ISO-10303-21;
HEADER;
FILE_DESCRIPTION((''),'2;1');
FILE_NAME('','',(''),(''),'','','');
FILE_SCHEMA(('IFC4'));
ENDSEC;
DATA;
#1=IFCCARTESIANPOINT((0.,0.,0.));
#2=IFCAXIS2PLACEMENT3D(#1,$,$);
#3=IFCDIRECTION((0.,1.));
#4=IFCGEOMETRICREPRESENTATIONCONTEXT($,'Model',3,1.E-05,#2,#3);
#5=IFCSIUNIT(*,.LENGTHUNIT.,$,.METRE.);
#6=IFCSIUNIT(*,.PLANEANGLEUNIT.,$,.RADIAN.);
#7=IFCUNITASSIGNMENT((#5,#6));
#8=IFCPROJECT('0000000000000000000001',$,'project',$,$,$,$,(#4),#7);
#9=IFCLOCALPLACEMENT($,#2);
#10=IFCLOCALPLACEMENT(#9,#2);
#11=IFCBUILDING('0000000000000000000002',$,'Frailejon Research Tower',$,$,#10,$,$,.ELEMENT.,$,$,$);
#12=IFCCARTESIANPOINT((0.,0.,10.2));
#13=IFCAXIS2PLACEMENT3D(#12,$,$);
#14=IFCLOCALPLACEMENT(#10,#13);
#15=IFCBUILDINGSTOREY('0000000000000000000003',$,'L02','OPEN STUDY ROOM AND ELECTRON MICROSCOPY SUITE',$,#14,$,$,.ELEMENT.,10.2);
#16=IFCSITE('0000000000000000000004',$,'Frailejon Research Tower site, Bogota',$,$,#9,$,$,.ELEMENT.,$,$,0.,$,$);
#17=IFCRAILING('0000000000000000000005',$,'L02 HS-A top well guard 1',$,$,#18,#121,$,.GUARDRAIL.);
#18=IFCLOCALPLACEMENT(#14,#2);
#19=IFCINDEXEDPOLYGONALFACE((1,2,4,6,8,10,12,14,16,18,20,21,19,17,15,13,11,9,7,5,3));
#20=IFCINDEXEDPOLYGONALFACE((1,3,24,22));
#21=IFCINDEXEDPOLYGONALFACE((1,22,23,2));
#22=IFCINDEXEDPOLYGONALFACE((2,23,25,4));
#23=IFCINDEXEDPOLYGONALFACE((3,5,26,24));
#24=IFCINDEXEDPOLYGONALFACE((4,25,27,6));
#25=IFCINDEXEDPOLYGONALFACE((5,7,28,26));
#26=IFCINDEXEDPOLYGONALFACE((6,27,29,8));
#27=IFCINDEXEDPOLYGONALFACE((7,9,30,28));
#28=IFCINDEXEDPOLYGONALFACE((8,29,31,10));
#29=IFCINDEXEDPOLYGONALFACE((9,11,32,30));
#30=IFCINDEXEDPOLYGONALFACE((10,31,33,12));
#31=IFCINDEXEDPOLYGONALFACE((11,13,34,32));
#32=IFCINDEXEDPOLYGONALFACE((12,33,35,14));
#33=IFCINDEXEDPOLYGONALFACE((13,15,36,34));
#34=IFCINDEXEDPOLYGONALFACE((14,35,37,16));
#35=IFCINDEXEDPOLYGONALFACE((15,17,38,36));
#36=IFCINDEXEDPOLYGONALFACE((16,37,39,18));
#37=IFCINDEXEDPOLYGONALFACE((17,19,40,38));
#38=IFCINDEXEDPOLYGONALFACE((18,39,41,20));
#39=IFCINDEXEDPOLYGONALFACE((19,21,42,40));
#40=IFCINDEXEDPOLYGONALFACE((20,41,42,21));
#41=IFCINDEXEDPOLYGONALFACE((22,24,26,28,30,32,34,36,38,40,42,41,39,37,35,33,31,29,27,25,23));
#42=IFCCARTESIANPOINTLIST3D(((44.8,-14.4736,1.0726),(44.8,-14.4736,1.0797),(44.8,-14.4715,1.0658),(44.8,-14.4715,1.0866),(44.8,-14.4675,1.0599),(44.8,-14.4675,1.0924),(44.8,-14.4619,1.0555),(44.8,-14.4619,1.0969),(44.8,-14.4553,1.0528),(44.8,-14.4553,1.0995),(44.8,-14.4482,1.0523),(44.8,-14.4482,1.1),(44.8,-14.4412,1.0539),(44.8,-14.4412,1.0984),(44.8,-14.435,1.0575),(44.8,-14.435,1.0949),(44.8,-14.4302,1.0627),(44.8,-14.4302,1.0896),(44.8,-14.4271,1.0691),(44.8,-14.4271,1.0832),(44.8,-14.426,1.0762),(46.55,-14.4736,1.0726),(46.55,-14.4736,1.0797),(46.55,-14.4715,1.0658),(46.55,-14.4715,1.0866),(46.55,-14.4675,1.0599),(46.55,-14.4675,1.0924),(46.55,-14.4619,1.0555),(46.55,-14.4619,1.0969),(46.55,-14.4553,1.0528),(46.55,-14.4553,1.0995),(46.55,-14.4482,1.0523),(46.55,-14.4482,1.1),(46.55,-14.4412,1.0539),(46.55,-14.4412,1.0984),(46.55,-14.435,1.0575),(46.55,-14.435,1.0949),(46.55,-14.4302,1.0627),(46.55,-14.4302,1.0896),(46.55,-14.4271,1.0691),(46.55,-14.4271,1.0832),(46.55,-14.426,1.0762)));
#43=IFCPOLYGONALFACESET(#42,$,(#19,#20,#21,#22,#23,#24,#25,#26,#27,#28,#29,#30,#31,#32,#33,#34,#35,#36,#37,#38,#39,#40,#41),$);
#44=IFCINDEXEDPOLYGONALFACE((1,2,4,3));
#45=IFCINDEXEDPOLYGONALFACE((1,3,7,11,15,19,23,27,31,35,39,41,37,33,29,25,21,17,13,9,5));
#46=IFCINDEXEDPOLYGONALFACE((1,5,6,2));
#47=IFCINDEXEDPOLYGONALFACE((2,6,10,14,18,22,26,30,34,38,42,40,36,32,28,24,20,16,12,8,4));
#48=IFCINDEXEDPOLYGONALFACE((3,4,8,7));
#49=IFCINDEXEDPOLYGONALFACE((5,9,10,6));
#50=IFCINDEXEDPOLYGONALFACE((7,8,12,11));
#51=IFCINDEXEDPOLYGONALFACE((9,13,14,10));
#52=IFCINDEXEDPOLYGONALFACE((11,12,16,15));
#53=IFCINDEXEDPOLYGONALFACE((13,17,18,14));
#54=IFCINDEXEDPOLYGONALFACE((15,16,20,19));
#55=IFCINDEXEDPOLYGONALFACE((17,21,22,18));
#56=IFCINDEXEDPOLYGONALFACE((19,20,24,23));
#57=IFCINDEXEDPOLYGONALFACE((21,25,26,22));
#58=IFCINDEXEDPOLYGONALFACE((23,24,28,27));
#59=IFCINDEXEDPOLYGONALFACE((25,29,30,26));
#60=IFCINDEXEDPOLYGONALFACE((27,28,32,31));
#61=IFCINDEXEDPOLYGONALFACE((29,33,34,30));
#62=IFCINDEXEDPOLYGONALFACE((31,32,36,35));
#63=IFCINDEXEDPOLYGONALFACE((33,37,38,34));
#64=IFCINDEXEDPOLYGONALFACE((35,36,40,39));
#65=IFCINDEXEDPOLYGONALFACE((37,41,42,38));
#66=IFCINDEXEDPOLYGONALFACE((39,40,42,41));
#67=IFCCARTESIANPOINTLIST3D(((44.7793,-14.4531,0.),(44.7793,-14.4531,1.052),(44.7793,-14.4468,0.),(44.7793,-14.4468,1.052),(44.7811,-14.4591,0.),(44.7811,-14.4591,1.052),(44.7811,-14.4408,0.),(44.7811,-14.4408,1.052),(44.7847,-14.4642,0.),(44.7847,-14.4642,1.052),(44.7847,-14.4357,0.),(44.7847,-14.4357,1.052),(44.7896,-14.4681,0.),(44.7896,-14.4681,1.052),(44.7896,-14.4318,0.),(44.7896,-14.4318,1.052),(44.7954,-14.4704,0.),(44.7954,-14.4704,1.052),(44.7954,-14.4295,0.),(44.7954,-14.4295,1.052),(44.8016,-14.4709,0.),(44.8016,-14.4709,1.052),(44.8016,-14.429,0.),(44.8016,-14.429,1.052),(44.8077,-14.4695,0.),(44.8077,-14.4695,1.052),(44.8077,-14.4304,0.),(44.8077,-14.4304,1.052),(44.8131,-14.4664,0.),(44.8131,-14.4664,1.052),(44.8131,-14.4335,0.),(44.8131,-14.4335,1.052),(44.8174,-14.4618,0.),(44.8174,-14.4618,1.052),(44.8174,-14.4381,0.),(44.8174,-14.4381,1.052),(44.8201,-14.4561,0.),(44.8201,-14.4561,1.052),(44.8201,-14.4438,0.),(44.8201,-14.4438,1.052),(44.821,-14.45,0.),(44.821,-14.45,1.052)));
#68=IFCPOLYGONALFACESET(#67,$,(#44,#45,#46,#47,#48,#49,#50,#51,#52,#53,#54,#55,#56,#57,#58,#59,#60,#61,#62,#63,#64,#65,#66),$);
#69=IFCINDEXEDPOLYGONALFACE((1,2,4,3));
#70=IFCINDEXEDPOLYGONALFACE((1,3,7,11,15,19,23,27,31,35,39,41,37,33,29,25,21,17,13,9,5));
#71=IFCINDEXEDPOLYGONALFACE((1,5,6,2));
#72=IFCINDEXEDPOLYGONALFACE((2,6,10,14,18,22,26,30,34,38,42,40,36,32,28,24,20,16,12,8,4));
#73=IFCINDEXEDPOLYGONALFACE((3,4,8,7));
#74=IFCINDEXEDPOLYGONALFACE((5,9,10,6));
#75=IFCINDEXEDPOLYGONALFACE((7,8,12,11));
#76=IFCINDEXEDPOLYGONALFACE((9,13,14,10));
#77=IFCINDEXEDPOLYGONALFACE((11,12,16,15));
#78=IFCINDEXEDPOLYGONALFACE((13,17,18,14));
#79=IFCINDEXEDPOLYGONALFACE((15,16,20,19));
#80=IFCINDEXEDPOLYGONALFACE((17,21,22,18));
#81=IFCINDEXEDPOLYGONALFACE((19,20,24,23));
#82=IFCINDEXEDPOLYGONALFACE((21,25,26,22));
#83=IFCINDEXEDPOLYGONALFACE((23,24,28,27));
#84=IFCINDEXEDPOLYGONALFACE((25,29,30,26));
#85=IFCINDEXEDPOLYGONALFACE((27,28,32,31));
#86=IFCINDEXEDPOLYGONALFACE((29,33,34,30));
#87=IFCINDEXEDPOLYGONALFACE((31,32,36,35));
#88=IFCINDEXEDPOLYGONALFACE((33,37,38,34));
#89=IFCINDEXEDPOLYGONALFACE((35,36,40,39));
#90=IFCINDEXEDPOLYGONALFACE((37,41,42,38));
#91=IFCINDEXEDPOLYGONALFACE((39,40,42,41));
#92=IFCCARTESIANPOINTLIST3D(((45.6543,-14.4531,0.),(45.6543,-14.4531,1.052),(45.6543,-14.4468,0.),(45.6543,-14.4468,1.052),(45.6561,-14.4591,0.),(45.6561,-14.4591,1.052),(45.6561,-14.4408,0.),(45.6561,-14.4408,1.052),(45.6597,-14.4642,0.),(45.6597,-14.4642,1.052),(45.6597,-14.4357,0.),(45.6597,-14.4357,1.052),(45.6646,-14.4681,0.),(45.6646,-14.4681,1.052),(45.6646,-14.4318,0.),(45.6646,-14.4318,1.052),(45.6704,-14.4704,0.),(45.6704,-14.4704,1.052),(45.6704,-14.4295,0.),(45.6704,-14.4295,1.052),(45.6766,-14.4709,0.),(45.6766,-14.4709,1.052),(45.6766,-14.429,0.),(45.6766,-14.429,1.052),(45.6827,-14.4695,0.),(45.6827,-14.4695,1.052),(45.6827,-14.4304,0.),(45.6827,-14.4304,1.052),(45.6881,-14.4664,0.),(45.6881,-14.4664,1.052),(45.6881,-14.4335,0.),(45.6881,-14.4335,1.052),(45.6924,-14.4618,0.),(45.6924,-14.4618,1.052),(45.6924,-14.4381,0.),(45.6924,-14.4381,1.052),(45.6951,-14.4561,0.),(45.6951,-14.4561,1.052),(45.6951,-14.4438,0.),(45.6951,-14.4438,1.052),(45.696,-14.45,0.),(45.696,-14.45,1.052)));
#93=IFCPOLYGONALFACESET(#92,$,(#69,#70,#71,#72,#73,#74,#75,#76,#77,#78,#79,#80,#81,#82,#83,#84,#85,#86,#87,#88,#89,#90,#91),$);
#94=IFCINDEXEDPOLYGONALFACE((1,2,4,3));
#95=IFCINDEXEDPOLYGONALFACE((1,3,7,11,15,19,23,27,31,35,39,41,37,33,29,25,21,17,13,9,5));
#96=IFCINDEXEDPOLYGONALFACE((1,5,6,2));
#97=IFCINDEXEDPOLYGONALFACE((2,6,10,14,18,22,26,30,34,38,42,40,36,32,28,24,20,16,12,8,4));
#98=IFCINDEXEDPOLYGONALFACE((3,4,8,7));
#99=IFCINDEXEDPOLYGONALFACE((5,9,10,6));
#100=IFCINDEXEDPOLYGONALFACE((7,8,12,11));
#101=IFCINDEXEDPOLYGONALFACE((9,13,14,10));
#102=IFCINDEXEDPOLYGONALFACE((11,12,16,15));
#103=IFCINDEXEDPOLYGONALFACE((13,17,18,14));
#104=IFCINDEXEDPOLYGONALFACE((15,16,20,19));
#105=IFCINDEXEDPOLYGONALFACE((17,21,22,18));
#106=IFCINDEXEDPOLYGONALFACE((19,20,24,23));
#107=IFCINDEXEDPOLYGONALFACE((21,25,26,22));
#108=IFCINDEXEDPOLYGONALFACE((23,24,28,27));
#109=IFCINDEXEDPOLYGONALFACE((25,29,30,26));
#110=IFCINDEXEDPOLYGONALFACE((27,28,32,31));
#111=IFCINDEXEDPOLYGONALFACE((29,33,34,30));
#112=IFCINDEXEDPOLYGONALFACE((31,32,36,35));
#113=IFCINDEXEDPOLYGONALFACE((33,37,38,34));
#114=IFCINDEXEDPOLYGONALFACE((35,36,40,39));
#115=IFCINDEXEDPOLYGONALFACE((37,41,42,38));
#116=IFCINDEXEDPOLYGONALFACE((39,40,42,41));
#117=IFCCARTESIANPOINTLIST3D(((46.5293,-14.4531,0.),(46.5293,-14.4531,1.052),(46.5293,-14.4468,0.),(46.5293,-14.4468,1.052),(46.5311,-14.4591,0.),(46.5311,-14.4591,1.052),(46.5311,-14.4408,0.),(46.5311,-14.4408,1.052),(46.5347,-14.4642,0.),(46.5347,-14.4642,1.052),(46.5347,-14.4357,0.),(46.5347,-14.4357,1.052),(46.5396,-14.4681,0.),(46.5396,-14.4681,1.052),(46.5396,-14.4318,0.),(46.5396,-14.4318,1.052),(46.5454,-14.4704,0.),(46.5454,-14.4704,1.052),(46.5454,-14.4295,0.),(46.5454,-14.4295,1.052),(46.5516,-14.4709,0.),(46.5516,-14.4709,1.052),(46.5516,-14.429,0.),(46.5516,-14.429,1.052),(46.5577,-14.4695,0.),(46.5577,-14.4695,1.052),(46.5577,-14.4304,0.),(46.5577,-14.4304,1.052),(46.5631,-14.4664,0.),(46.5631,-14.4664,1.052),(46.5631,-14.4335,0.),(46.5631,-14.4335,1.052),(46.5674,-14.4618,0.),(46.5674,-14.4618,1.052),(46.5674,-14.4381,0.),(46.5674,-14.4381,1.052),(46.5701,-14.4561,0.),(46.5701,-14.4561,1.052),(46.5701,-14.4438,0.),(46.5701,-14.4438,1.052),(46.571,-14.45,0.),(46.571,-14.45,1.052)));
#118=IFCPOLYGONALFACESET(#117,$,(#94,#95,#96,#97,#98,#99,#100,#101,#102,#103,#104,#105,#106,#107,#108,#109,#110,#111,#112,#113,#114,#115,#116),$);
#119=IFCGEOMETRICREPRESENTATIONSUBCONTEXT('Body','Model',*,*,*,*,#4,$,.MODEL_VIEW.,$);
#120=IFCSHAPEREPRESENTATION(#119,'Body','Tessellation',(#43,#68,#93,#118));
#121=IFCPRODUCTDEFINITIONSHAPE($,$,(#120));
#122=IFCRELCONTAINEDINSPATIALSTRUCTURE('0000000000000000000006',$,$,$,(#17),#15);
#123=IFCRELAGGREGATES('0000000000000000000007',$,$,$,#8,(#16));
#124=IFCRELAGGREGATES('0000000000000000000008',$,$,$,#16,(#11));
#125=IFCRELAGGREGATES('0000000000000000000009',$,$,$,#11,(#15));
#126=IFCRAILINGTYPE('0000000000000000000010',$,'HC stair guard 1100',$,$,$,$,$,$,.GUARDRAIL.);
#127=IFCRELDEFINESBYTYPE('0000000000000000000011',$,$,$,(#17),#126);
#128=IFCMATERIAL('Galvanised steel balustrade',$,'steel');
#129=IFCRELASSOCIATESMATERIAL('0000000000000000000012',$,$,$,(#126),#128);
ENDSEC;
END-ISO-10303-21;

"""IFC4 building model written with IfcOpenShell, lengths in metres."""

from ifc_helpers import new_model, si_unit, direction, frame, origin, origin_2d, place, context, subcontext, project, spatial, circle, extrude, material, type_object, element, save


model = new_model("IFC4")

# Units and contexts
model_context = context("Model", 3, precision=1e-05, world=origin(), true_north=direction((0.0, 1.0)))
body_context = subcontext(model_context, "Body", "Model", "MODEL_VIEW")
ifc_project = project(units=[si_unit("LENGTHUNIT", "METRE"), si_unit("PLANEANGLEUNIT", "RADIAN")], contexts=[model_context])

# Site, building, storey
site_placement = place(None, origin())
site = spatial("IfcSite", under=ifc_project, at=site_placement, Name="Frailejon Research Tower site, Bogota", CompositionType="ELEMENT", RefElevation=0.0)
building_placement = place(site_placement, origin())
building = spatial("IfcBuilding", under=site, at=building_placement, Name="Frailejon Research Tower", CompositionType="ELEMENT")
storey_placement = place(building_placement, frame((0.0, 0.0, 10.2)))
storey = spatial("IfcBuildingStorey", under=building, at=storey_placement, Name="L02", Description="OPEN STUDY ROOM AND ELECTRON MICROSCOPY SUITE", CompositionType="ELEMENT", Elevation=10.2)

# Railing
ifc_material_1 = material(Name="Galvanised steel balustrade", Category="steel")
railing_type = type_object("IfcRailingType", Name="HC stair guard 1100", PredefinedType="GUARDRAIL", material=ifc_material_1)
railing_placement = place(storey_placement, frame((44.8, -14.45, 0.0)))
element("IfcRailing", 1, at=railing_placement, inside=storey, type_object=railing_type, Name="L02 HS-A top well guard 1", PredefinedType="GUARDRAIL", context=body_context, shape_type="SweptSolid", body=[
    extrude(circle(Radius=0.0239, at=origin_2d()), frame((0.0, 0.0, 1.0762), z_axis=(1.0, 0.0, 0.0), x_axis=(0.0, 1.0, 0.0)), (0.0, 0.0, 1.0), 1.75),
    extrude(circle(Radius=0.021, at=origin_2d()), origin(), (0.0, 0.0, 1.0), 1.052),
    extrude(circle(Radius=0.021, at=origin_2d()), frame((0.875, 0.0, 0.0)), (0.0, 0.0, 1.0), 1.052),
    extrude(circle(Radius=0.021, at=origin_2d()), frame((1.75, 0.0, 0.0)), (0.0, 0.0, 1.0), 1.052),
])

save(model, "model.ifc")
